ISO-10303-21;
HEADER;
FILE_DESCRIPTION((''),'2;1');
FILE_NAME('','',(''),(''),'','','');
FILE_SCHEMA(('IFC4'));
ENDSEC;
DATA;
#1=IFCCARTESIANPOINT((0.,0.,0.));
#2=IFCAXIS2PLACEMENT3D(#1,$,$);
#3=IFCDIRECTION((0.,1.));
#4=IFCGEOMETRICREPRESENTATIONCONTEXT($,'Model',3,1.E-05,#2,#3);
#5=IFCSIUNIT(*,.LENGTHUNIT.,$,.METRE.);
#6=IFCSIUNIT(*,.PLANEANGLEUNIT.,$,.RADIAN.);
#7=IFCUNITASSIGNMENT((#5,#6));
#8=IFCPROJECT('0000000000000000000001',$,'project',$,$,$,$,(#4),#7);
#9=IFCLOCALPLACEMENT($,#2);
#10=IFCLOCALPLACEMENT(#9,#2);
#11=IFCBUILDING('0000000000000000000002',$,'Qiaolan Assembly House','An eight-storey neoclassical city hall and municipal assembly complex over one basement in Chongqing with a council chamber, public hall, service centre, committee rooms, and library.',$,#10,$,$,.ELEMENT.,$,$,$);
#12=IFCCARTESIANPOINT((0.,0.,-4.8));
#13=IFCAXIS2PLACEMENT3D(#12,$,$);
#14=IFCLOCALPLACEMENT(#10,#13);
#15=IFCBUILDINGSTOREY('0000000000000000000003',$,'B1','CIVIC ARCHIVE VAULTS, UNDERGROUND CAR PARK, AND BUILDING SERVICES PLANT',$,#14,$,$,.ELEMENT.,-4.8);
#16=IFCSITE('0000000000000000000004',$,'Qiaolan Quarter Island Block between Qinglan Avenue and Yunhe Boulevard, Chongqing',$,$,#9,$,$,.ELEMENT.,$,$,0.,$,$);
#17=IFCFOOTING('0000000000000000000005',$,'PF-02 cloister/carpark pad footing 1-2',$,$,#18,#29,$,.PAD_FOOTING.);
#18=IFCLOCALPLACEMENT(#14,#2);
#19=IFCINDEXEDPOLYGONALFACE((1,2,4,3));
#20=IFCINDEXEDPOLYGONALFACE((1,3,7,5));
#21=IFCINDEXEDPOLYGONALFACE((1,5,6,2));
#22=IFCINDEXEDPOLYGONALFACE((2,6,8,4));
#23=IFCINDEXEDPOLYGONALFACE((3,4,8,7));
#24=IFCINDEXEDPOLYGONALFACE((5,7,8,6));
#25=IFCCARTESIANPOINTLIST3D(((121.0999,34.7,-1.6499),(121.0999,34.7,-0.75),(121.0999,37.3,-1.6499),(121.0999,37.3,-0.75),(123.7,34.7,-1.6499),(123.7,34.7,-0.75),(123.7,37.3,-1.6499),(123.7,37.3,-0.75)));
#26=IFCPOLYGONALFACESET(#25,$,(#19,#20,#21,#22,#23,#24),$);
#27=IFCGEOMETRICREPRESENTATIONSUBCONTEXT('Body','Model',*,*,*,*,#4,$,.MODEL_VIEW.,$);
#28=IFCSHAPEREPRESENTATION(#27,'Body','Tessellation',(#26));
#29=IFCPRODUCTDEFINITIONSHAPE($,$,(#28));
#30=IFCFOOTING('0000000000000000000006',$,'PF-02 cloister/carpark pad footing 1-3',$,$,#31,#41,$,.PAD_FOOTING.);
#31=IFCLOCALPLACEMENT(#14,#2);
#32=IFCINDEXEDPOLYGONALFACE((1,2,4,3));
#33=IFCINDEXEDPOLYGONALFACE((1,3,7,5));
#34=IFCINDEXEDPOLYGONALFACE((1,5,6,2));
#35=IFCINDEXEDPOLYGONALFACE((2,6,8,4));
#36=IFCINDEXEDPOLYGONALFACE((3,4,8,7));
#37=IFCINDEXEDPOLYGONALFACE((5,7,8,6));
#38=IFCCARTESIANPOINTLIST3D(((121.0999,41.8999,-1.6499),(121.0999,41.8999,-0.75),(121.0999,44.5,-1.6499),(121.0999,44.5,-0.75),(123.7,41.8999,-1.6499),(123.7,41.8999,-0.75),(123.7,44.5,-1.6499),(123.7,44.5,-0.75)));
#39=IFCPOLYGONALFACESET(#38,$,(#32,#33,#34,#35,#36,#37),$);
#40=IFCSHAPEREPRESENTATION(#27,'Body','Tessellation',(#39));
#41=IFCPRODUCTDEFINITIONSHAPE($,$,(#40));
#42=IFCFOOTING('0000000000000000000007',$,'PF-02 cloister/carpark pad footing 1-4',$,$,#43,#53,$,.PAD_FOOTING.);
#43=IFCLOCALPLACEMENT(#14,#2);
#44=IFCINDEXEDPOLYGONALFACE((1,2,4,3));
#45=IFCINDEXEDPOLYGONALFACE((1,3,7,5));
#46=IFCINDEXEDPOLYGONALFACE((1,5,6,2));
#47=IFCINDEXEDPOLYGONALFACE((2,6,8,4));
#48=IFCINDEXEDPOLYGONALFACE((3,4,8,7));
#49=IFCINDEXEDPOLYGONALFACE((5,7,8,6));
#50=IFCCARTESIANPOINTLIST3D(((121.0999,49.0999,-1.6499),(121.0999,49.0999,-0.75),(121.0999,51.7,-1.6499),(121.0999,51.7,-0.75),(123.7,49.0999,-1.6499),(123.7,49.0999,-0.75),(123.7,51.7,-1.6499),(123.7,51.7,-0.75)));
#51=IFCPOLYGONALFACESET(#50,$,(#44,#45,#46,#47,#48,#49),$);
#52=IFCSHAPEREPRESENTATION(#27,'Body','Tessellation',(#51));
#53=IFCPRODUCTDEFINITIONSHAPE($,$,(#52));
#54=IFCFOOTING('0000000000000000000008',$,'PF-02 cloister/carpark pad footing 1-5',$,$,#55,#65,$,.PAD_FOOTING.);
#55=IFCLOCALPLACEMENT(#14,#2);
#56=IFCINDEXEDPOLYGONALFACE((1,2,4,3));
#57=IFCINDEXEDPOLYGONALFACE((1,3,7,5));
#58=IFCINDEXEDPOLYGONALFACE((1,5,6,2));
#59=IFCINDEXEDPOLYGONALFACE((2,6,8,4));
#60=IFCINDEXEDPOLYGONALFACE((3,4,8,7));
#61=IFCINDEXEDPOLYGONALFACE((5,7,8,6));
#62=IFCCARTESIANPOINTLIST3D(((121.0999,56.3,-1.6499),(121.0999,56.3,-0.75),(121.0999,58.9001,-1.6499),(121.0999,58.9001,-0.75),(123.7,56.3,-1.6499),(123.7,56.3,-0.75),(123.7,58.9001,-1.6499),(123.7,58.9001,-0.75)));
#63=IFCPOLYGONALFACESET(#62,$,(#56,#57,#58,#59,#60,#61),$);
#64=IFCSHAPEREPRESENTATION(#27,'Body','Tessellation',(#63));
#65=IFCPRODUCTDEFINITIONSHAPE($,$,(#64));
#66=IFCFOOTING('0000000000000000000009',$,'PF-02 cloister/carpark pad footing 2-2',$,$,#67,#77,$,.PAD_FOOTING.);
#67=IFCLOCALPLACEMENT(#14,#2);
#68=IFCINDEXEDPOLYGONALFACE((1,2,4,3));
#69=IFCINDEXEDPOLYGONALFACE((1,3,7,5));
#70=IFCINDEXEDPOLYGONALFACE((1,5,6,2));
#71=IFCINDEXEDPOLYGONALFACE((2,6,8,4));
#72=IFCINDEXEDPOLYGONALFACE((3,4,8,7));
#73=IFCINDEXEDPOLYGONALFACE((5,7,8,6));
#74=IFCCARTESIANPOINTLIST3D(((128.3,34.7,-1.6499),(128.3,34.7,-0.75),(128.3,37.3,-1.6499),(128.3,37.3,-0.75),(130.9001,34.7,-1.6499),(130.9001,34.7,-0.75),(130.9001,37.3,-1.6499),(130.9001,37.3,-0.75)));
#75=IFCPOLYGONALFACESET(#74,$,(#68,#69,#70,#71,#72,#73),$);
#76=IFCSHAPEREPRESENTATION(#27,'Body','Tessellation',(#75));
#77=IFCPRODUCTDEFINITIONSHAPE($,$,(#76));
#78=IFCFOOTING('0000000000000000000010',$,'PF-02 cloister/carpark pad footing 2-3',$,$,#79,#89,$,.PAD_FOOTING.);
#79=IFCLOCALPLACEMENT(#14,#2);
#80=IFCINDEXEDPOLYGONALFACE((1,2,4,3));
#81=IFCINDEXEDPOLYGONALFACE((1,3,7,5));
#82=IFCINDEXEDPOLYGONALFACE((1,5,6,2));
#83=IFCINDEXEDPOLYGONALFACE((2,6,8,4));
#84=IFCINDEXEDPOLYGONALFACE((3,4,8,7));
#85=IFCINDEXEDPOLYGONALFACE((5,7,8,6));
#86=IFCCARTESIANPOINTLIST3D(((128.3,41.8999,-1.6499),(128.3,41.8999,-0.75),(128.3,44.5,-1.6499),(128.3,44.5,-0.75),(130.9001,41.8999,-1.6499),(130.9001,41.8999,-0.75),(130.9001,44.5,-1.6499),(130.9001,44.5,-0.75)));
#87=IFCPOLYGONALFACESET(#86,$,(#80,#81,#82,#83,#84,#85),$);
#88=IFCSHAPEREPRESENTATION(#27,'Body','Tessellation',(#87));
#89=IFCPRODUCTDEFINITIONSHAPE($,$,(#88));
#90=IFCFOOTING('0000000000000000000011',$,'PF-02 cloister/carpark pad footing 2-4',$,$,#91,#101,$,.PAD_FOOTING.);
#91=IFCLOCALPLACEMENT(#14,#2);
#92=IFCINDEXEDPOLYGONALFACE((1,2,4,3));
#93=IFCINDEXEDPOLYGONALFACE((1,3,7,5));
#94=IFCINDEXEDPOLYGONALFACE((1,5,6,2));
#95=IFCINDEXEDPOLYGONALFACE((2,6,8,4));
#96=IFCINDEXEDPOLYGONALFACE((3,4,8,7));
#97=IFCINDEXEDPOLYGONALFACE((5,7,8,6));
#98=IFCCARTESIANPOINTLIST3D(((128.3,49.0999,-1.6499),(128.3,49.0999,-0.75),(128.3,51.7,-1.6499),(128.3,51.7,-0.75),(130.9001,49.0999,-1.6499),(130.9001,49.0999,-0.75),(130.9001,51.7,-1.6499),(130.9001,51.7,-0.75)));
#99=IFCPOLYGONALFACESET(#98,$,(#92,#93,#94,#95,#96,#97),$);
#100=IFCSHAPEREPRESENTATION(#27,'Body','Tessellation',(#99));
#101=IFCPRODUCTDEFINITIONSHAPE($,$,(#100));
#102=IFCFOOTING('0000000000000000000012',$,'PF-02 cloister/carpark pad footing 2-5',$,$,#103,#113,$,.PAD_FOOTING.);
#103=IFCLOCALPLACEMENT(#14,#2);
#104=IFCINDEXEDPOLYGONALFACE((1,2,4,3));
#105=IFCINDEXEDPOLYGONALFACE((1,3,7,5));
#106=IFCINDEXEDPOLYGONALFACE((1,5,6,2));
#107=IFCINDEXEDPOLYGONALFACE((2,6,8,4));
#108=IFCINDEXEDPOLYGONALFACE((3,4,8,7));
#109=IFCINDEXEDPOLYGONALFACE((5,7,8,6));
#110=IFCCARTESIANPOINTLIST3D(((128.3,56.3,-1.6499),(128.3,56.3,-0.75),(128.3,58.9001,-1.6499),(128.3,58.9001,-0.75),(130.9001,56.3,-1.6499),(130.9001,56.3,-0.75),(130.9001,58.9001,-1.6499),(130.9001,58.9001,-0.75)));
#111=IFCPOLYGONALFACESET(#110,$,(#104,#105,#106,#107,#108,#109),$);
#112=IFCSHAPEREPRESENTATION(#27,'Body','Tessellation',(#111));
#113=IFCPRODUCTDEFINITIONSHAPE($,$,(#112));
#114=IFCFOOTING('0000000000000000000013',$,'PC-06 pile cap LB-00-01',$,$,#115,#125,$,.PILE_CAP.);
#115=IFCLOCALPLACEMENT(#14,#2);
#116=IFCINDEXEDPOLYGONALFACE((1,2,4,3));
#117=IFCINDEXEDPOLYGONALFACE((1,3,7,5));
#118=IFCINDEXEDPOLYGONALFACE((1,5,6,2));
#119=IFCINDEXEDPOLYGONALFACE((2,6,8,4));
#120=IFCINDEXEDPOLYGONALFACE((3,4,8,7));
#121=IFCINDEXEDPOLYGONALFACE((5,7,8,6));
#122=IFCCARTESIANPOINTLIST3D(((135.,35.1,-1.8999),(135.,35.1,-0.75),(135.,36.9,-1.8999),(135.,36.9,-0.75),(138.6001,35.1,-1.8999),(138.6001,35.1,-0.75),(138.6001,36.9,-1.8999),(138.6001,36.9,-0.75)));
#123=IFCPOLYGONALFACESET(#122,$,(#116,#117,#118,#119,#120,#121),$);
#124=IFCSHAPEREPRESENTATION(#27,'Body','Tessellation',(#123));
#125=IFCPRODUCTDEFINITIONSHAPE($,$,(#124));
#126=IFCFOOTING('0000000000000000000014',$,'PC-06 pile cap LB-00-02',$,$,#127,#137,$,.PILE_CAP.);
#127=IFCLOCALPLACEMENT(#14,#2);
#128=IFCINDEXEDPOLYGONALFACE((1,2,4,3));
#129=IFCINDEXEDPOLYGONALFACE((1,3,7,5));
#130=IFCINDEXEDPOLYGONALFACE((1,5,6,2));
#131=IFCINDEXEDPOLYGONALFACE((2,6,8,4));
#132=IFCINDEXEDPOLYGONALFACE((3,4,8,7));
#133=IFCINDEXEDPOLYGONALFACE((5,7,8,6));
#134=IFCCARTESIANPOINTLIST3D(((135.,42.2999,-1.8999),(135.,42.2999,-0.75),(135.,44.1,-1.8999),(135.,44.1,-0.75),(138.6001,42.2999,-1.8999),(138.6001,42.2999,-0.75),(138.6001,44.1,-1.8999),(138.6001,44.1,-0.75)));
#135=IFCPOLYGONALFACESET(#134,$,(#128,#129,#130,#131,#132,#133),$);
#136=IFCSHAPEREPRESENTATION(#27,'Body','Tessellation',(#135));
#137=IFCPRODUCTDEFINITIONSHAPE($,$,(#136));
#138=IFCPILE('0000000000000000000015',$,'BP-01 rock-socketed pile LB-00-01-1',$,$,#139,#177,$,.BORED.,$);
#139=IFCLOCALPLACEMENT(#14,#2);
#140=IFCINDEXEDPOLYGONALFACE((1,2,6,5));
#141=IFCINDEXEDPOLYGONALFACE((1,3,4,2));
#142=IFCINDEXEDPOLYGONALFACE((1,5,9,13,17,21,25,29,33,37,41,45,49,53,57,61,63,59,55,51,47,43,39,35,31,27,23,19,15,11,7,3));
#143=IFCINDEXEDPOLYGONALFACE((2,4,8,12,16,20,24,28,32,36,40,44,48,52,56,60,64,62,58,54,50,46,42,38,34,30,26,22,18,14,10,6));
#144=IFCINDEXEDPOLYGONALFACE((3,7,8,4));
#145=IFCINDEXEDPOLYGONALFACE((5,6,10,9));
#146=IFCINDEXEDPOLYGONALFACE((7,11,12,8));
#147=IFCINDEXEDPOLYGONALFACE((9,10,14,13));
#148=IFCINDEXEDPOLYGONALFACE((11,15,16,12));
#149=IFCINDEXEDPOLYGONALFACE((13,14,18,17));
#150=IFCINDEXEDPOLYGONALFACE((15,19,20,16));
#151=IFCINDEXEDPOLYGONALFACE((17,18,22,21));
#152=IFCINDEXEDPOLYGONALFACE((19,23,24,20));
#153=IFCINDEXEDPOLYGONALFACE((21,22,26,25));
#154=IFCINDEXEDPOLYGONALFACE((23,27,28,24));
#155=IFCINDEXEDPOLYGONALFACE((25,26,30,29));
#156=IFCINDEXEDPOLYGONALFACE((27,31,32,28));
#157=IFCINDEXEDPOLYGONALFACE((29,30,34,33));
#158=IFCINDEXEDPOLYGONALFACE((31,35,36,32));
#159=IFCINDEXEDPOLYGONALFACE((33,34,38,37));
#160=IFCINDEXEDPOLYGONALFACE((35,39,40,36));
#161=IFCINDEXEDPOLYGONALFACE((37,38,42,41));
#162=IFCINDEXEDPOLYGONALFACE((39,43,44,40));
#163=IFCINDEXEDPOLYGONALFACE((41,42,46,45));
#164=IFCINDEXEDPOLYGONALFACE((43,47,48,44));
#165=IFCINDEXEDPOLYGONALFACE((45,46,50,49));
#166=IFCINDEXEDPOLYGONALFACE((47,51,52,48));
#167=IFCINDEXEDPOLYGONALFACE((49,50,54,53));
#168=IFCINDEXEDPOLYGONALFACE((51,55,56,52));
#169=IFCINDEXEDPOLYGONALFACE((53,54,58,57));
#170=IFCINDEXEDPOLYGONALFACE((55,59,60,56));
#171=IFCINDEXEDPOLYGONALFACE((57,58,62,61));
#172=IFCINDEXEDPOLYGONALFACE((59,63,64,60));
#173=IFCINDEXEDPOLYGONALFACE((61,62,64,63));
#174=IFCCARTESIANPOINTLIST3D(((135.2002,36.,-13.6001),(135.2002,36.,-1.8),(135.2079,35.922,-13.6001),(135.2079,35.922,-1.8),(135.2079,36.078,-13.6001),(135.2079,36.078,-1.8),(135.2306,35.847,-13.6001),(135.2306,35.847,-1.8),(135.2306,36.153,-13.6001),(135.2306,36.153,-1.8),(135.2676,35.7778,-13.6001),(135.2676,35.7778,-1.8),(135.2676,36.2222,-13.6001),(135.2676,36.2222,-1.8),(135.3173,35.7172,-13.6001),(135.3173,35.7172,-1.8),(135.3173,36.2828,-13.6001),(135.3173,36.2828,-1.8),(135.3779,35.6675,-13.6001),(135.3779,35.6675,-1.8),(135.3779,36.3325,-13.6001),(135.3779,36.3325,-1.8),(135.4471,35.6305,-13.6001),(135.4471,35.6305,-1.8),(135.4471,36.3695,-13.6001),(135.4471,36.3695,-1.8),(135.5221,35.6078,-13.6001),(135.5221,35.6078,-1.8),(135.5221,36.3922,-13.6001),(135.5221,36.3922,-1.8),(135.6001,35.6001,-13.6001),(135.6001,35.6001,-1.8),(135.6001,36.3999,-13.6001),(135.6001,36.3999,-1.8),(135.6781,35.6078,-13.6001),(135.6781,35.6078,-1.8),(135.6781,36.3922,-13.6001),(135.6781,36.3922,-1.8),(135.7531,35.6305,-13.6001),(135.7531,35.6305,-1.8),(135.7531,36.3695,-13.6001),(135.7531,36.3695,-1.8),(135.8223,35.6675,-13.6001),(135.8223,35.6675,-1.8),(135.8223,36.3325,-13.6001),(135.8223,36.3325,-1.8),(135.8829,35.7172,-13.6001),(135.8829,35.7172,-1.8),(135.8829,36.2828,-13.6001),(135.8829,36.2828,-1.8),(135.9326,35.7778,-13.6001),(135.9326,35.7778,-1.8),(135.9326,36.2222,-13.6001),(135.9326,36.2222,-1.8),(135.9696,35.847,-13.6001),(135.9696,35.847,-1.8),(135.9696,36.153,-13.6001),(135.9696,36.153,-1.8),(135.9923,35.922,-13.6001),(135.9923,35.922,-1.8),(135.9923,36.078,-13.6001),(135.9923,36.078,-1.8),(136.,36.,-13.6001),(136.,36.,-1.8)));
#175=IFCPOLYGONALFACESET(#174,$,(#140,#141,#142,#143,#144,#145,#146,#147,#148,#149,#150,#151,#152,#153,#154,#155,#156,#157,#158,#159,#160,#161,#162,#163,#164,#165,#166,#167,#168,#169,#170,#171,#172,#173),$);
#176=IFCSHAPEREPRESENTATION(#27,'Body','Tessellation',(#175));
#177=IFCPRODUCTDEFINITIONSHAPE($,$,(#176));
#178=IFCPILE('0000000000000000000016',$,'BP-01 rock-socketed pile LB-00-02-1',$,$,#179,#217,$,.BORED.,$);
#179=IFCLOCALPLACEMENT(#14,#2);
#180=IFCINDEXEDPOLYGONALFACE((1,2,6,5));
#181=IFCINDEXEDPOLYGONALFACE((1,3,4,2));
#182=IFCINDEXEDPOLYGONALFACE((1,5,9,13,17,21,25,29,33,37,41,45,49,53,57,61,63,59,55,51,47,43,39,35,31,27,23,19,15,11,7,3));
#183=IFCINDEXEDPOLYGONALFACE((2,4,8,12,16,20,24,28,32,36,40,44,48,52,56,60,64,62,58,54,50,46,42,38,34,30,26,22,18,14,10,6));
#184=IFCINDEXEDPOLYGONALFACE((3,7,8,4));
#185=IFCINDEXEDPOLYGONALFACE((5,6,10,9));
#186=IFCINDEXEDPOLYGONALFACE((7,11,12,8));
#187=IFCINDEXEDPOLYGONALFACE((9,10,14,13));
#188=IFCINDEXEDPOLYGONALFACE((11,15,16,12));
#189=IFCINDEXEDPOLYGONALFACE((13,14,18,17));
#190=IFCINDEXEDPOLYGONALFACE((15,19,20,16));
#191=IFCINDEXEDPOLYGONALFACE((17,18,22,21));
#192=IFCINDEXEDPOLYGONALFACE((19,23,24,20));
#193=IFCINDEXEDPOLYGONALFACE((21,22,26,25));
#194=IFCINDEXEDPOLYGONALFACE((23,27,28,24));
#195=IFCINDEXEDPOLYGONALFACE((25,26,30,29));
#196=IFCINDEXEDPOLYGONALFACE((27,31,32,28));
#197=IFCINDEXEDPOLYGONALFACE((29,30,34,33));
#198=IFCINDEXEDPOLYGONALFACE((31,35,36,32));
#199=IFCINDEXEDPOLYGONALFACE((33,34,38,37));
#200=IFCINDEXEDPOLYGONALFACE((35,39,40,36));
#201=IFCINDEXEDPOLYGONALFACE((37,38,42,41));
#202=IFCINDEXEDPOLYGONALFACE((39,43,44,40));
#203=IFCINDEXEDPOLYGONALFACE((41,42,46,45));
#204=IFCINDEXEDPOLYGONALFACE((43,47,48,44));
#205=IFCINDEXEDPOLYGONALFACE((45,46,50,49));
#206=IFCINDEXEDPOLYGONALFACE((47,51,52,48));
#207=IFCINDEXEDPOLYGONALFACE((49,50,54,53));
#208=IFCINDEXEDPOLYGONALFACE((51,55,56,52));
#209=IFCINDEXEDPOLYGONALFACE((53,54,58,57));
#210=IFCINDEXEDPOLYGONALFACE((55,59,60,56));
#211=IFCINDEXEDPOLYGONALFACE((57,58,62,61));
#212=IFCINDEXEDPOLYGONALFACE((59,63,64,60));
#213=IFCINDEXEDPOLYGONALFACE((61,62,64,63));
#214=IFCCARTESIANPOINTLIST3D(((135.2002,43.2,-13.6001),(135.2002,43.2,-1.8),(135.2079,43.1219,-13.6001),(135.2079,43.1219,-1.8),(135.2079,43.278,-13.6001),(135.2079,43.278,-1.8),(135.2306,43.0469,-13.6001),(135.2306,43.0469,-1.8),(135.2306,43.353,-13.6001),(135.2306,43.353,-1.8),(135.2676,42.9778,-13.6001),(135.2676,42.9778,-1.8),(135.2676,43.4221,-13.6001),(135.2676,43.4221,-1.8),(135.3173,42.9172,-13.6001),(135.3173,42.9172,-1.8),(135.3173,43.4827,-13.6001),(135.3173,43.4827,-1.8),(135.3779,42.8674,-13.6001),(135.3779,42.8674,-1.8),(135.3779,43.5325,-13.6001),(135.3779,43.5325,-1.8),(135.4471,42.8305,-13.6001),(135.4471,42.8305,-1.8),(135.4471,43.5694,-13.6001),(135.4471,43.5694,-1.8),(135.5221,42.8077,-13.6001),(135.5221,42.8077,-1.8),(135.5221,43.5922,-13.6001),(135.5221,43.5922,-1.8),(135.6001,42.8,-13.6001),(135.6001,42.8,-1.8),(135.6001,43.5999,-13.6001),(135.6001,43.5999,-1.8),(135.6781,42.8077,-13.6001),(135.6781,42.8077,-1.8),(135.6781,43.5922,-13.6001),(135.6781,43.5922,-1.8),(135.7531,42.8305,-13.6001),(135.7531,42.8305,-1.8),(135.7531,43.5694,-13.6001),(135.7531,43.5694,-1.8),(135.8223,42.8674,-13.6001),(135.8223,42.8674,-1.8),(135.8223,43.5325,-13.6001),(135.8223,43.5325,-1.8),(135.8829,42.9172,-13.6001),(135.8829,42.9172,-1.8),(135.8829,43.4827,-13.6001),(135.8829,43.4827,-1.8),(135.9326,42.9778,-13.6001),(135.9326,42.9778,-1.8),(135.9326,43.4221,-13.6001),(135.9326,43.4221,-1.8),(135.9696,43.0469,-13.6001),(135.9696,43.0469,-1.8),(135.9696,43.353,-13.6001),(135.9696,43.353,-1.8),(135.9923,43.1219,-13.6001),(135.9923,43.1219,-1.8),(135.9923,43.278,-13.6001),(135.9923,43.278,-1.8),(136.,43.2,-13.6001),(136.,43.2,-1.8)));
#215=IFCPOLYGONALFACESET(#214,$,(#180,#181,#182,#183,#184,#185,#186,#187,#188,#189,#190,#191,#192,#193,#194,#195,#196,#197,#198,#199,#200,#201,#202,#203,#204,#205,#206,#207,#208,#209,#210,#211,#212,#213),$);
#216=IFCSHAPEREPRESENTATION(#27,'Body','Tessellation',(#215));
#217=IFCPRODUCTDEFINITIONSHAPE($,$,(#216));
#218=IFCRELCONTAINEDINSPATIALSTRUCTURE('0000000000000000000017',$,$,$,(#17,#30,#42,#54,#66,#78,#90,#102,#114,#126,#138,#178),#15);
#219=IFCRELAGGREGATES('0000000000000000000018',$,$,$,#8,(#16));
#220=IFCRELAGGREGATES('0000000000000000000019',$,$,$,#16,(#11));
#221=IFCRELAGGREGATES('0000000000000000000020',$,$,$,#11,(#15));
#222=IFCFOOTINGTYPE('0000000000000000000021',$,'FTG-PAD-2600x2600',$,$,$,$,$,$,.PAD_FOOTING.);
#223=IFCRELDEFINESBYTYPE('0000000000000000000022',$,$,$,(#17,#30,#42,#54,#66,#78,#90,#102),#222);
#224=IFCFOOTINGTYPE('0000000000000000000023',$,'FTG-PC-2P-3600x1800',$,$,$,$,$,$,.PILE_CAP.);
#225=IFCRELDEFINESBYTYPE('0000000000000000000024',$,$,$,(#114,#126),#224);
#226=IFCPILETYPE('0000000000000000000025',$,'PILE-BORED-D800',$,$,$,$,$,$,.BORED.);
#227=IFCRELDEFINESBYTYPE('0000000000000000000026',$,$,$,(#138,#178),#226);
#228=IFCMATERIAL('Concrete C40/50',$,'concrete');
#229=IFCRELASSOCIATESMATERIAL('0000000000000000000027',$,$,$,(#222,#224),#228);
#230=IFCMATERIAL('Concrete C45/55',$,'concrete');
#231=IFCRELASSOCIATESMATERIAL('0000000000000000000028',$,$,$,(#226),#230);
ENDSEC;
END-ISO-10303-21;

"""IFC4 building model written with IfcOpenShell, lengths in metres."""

from ifc_helpers import new_model, si_unit, direction, frame, origin, origin_2d, place, context, subcontext, project, spatial, rectangle, circle, extrude, material, material_profile, profile_set, type_object, element, save


model = new_model("IFC4")

# Units and contexts
model_context = context("Model", 3, precision=1e-05, world=origin(), true_north=direction((0.0, 1.0)))
body_context = subcontext(model_context, "Body", "Model", "MODEL_VIEW")
ifc_project = project(units=[si_unit("LENGTHUNIT", "METRE"), si_unit("PLANEANGLEUNIT", "RADIAN")], contexts=[model_context])

# Site, building, storey
site_placement = place(None, origin())
site = spatial("IfcSite", under=ifc_project, at=site_placement, Name="Qiaolan Quarter Island Block between Qinglan Avenue and Yunhe Boulevard, Chongqing", CompositionType="ELEMENT", RefElevation=0.0)
building_placement = place(site_placement, origin())
building = spatial("IfcBuilding", under=site, at=building_placement, Name="Qiaolan Assembly House", Description="An eight-storey neoclassical city hall and municipal assembly complex over one basement in Chongqing with a council chamber, public hall, service centre, committee rooms, and library.", CompositionType="ELEMENT")
storey_placement = place(building_placement, frame((0.0, 0.0, -4.8)))
storey = spatial("IfcBuildingStorey", under=building, at=storey_placement, Name="B1", Description="CIVIC ARCHIVE VAULTS, UNDERGROUND CAR PARK, AND BUILDING SERVICES PLANT", CompositionType="ELEMENT", Elevation=-4.8)

# Footings
ifc_material_1 = material(Name="Concrete C40/50", Category="concrete")
footing_type_1 = type_object("IfcFootingType", Name="FTG-PAD-2600x2600", PredefinedType="PAD_FOOTING", material=ifc_material_1)
for number, where, z_axis, x_axis, name in (
    (1, (122.3999, 36.0, -1.6499), (0.0, 0.0, 1.0), (1.0, 0.0, 0.0), "PF-02 cloister/carpark pad footing 1-2"),
    (2, (122.3999, 43.2, -1.6499), (0.0, 0.0, 1.0), (1.0, 0.0, 0.0), "PF-02 cloister/carpark pad footing 1-3"),
    (3, (122.3999, 50.3999, -1.6499), (0.0, 0.0, 1.0), (1.0, 0.0, 0.0), "PF-02 cloister/carpark pad footing 1-4"),
    (4, (122.3999, 57.6001, -1.6499), (0.0, 0.0, 1.0), (1.0, 0.0, 0.0), "PF-02 cloister/carpark pad footing 1-5"),
    (5, (129.6001, 36.0, -1.6499), (0.0, 0.0, 1.0), (1.0, 0.0, 0.0), "PF-02 cloister/carpark pad footing 2-2"),
    (6, (129.6001, 43.2, -1.6499), (0.0, 0.0, 1.0), (1.0, 0.0, 0.0), "PF-02 cloister/carpark pad footing 2-3"),
    (7, (129.6001, 50.3999, -1.6499), (0.0, 0.0, 1.0), (1.0, 0.0, 0.0), "PF-02 cloister/carpark pad footing 2-4"),
    (8, (129.6001, 57.6001, -1.6499), (0.0, 0.0, 1.0), (1.0, 0.0, 0.0), "PF-02 cloister/carpark pad footing 2-5"),
):
    element("IfcFooting", number, at=place(storey_placement, frame(where, z_axis=z_axis, x_axis=x_axis)), inside=storey, type_object=footing_type_1, Name=name, PredefinedType="PAD_FOOTING", context=body_context, shape_type="SweptSolid", body=[
        extrude(rectangle(XDim=2.6001, YDim=2.6001, at=origin_2d()), origin(), (0.0, 0.0, 1.0), 0.8999),
    ])
footing_type_2 = type_object("IfcFootingType", Name="FTG-PC-2P-3600x1800", PredefinedType="PILE_CAP", material=ifc_material_1)
for number, where, z_axis, x_axis, name in (
    (9, (136.8, 36.0, -1.8999), (0.0, 0.0, 1.0), (1.0, 0.0, 0.0), "PC-06 pile cap LB-00-01"),
    (10, (136.8, 43.2, -1.8999), (0.0, 0.0, 1.0), (1.0, 0.0, 0.0), "PC-06 pile cap LB-00-02"),
):
    element("IfcFooting", number, at=place(storey_placement, frame(where, z_axis=z_axis, x_axis=x_axis)), inside=storey, type_object=footing_type_2, Name=name, PredefinedType="PILE_CAP", context=body_context, shape_type="SweptSolid", body=[
        extrude(rectangle(XDim=3.6001, YDim=1.8, at=origin_2d()), origin(), (0.0, 0.0, 1.0), 1.1499),
    ])

# Piles
ifc_material_2 = material(Name="Concrete C45/55", Category="concrete")
ifc_material_profile_1 = material_profile(ifc_material_2, circle(Radius=0.3999, at=origin_2d()), Name="PILE D800")
ifc_profile_set_1 = profile_set([ifc_material_profile_1], Name="Concrete C45/55")
pile_type = type_object("IfcPileType", Name="PILE-BORED-D800", PredefinedType="BORED", material=ifc_profile_set_1)
for number, where, z_axis, x_axis, name in (
    (11, (135.6001, 36.0, -1.8), (0.0, 0.0, -1.0), (1.0, 0.0, 0.0), "BP-01 rock-socketed pile LB-00-01-1"),
    (12, (135.6001, 43.2, -1.8), (0.0, 0.0, -1.0), (1.0, 0.0, 0.0), "BP-01 rock-socketed pile LB-00-02-1"),
):
    element("IfcPile", number, at=place(storey_placement, frame(where, z_axis=z_axis, x_axis=x_axis)), inside=storey, type_object=pile_type, Name=name, PredefinedType="BORED", context=body_context, shape_type="SweptSolid", body=[
        extrude(circle(Radius=0.3999, at=origin_2d()), origin(), (0.0, 0.0, 1.0), 11.8),
    ])

save(model, "model.ifc")
